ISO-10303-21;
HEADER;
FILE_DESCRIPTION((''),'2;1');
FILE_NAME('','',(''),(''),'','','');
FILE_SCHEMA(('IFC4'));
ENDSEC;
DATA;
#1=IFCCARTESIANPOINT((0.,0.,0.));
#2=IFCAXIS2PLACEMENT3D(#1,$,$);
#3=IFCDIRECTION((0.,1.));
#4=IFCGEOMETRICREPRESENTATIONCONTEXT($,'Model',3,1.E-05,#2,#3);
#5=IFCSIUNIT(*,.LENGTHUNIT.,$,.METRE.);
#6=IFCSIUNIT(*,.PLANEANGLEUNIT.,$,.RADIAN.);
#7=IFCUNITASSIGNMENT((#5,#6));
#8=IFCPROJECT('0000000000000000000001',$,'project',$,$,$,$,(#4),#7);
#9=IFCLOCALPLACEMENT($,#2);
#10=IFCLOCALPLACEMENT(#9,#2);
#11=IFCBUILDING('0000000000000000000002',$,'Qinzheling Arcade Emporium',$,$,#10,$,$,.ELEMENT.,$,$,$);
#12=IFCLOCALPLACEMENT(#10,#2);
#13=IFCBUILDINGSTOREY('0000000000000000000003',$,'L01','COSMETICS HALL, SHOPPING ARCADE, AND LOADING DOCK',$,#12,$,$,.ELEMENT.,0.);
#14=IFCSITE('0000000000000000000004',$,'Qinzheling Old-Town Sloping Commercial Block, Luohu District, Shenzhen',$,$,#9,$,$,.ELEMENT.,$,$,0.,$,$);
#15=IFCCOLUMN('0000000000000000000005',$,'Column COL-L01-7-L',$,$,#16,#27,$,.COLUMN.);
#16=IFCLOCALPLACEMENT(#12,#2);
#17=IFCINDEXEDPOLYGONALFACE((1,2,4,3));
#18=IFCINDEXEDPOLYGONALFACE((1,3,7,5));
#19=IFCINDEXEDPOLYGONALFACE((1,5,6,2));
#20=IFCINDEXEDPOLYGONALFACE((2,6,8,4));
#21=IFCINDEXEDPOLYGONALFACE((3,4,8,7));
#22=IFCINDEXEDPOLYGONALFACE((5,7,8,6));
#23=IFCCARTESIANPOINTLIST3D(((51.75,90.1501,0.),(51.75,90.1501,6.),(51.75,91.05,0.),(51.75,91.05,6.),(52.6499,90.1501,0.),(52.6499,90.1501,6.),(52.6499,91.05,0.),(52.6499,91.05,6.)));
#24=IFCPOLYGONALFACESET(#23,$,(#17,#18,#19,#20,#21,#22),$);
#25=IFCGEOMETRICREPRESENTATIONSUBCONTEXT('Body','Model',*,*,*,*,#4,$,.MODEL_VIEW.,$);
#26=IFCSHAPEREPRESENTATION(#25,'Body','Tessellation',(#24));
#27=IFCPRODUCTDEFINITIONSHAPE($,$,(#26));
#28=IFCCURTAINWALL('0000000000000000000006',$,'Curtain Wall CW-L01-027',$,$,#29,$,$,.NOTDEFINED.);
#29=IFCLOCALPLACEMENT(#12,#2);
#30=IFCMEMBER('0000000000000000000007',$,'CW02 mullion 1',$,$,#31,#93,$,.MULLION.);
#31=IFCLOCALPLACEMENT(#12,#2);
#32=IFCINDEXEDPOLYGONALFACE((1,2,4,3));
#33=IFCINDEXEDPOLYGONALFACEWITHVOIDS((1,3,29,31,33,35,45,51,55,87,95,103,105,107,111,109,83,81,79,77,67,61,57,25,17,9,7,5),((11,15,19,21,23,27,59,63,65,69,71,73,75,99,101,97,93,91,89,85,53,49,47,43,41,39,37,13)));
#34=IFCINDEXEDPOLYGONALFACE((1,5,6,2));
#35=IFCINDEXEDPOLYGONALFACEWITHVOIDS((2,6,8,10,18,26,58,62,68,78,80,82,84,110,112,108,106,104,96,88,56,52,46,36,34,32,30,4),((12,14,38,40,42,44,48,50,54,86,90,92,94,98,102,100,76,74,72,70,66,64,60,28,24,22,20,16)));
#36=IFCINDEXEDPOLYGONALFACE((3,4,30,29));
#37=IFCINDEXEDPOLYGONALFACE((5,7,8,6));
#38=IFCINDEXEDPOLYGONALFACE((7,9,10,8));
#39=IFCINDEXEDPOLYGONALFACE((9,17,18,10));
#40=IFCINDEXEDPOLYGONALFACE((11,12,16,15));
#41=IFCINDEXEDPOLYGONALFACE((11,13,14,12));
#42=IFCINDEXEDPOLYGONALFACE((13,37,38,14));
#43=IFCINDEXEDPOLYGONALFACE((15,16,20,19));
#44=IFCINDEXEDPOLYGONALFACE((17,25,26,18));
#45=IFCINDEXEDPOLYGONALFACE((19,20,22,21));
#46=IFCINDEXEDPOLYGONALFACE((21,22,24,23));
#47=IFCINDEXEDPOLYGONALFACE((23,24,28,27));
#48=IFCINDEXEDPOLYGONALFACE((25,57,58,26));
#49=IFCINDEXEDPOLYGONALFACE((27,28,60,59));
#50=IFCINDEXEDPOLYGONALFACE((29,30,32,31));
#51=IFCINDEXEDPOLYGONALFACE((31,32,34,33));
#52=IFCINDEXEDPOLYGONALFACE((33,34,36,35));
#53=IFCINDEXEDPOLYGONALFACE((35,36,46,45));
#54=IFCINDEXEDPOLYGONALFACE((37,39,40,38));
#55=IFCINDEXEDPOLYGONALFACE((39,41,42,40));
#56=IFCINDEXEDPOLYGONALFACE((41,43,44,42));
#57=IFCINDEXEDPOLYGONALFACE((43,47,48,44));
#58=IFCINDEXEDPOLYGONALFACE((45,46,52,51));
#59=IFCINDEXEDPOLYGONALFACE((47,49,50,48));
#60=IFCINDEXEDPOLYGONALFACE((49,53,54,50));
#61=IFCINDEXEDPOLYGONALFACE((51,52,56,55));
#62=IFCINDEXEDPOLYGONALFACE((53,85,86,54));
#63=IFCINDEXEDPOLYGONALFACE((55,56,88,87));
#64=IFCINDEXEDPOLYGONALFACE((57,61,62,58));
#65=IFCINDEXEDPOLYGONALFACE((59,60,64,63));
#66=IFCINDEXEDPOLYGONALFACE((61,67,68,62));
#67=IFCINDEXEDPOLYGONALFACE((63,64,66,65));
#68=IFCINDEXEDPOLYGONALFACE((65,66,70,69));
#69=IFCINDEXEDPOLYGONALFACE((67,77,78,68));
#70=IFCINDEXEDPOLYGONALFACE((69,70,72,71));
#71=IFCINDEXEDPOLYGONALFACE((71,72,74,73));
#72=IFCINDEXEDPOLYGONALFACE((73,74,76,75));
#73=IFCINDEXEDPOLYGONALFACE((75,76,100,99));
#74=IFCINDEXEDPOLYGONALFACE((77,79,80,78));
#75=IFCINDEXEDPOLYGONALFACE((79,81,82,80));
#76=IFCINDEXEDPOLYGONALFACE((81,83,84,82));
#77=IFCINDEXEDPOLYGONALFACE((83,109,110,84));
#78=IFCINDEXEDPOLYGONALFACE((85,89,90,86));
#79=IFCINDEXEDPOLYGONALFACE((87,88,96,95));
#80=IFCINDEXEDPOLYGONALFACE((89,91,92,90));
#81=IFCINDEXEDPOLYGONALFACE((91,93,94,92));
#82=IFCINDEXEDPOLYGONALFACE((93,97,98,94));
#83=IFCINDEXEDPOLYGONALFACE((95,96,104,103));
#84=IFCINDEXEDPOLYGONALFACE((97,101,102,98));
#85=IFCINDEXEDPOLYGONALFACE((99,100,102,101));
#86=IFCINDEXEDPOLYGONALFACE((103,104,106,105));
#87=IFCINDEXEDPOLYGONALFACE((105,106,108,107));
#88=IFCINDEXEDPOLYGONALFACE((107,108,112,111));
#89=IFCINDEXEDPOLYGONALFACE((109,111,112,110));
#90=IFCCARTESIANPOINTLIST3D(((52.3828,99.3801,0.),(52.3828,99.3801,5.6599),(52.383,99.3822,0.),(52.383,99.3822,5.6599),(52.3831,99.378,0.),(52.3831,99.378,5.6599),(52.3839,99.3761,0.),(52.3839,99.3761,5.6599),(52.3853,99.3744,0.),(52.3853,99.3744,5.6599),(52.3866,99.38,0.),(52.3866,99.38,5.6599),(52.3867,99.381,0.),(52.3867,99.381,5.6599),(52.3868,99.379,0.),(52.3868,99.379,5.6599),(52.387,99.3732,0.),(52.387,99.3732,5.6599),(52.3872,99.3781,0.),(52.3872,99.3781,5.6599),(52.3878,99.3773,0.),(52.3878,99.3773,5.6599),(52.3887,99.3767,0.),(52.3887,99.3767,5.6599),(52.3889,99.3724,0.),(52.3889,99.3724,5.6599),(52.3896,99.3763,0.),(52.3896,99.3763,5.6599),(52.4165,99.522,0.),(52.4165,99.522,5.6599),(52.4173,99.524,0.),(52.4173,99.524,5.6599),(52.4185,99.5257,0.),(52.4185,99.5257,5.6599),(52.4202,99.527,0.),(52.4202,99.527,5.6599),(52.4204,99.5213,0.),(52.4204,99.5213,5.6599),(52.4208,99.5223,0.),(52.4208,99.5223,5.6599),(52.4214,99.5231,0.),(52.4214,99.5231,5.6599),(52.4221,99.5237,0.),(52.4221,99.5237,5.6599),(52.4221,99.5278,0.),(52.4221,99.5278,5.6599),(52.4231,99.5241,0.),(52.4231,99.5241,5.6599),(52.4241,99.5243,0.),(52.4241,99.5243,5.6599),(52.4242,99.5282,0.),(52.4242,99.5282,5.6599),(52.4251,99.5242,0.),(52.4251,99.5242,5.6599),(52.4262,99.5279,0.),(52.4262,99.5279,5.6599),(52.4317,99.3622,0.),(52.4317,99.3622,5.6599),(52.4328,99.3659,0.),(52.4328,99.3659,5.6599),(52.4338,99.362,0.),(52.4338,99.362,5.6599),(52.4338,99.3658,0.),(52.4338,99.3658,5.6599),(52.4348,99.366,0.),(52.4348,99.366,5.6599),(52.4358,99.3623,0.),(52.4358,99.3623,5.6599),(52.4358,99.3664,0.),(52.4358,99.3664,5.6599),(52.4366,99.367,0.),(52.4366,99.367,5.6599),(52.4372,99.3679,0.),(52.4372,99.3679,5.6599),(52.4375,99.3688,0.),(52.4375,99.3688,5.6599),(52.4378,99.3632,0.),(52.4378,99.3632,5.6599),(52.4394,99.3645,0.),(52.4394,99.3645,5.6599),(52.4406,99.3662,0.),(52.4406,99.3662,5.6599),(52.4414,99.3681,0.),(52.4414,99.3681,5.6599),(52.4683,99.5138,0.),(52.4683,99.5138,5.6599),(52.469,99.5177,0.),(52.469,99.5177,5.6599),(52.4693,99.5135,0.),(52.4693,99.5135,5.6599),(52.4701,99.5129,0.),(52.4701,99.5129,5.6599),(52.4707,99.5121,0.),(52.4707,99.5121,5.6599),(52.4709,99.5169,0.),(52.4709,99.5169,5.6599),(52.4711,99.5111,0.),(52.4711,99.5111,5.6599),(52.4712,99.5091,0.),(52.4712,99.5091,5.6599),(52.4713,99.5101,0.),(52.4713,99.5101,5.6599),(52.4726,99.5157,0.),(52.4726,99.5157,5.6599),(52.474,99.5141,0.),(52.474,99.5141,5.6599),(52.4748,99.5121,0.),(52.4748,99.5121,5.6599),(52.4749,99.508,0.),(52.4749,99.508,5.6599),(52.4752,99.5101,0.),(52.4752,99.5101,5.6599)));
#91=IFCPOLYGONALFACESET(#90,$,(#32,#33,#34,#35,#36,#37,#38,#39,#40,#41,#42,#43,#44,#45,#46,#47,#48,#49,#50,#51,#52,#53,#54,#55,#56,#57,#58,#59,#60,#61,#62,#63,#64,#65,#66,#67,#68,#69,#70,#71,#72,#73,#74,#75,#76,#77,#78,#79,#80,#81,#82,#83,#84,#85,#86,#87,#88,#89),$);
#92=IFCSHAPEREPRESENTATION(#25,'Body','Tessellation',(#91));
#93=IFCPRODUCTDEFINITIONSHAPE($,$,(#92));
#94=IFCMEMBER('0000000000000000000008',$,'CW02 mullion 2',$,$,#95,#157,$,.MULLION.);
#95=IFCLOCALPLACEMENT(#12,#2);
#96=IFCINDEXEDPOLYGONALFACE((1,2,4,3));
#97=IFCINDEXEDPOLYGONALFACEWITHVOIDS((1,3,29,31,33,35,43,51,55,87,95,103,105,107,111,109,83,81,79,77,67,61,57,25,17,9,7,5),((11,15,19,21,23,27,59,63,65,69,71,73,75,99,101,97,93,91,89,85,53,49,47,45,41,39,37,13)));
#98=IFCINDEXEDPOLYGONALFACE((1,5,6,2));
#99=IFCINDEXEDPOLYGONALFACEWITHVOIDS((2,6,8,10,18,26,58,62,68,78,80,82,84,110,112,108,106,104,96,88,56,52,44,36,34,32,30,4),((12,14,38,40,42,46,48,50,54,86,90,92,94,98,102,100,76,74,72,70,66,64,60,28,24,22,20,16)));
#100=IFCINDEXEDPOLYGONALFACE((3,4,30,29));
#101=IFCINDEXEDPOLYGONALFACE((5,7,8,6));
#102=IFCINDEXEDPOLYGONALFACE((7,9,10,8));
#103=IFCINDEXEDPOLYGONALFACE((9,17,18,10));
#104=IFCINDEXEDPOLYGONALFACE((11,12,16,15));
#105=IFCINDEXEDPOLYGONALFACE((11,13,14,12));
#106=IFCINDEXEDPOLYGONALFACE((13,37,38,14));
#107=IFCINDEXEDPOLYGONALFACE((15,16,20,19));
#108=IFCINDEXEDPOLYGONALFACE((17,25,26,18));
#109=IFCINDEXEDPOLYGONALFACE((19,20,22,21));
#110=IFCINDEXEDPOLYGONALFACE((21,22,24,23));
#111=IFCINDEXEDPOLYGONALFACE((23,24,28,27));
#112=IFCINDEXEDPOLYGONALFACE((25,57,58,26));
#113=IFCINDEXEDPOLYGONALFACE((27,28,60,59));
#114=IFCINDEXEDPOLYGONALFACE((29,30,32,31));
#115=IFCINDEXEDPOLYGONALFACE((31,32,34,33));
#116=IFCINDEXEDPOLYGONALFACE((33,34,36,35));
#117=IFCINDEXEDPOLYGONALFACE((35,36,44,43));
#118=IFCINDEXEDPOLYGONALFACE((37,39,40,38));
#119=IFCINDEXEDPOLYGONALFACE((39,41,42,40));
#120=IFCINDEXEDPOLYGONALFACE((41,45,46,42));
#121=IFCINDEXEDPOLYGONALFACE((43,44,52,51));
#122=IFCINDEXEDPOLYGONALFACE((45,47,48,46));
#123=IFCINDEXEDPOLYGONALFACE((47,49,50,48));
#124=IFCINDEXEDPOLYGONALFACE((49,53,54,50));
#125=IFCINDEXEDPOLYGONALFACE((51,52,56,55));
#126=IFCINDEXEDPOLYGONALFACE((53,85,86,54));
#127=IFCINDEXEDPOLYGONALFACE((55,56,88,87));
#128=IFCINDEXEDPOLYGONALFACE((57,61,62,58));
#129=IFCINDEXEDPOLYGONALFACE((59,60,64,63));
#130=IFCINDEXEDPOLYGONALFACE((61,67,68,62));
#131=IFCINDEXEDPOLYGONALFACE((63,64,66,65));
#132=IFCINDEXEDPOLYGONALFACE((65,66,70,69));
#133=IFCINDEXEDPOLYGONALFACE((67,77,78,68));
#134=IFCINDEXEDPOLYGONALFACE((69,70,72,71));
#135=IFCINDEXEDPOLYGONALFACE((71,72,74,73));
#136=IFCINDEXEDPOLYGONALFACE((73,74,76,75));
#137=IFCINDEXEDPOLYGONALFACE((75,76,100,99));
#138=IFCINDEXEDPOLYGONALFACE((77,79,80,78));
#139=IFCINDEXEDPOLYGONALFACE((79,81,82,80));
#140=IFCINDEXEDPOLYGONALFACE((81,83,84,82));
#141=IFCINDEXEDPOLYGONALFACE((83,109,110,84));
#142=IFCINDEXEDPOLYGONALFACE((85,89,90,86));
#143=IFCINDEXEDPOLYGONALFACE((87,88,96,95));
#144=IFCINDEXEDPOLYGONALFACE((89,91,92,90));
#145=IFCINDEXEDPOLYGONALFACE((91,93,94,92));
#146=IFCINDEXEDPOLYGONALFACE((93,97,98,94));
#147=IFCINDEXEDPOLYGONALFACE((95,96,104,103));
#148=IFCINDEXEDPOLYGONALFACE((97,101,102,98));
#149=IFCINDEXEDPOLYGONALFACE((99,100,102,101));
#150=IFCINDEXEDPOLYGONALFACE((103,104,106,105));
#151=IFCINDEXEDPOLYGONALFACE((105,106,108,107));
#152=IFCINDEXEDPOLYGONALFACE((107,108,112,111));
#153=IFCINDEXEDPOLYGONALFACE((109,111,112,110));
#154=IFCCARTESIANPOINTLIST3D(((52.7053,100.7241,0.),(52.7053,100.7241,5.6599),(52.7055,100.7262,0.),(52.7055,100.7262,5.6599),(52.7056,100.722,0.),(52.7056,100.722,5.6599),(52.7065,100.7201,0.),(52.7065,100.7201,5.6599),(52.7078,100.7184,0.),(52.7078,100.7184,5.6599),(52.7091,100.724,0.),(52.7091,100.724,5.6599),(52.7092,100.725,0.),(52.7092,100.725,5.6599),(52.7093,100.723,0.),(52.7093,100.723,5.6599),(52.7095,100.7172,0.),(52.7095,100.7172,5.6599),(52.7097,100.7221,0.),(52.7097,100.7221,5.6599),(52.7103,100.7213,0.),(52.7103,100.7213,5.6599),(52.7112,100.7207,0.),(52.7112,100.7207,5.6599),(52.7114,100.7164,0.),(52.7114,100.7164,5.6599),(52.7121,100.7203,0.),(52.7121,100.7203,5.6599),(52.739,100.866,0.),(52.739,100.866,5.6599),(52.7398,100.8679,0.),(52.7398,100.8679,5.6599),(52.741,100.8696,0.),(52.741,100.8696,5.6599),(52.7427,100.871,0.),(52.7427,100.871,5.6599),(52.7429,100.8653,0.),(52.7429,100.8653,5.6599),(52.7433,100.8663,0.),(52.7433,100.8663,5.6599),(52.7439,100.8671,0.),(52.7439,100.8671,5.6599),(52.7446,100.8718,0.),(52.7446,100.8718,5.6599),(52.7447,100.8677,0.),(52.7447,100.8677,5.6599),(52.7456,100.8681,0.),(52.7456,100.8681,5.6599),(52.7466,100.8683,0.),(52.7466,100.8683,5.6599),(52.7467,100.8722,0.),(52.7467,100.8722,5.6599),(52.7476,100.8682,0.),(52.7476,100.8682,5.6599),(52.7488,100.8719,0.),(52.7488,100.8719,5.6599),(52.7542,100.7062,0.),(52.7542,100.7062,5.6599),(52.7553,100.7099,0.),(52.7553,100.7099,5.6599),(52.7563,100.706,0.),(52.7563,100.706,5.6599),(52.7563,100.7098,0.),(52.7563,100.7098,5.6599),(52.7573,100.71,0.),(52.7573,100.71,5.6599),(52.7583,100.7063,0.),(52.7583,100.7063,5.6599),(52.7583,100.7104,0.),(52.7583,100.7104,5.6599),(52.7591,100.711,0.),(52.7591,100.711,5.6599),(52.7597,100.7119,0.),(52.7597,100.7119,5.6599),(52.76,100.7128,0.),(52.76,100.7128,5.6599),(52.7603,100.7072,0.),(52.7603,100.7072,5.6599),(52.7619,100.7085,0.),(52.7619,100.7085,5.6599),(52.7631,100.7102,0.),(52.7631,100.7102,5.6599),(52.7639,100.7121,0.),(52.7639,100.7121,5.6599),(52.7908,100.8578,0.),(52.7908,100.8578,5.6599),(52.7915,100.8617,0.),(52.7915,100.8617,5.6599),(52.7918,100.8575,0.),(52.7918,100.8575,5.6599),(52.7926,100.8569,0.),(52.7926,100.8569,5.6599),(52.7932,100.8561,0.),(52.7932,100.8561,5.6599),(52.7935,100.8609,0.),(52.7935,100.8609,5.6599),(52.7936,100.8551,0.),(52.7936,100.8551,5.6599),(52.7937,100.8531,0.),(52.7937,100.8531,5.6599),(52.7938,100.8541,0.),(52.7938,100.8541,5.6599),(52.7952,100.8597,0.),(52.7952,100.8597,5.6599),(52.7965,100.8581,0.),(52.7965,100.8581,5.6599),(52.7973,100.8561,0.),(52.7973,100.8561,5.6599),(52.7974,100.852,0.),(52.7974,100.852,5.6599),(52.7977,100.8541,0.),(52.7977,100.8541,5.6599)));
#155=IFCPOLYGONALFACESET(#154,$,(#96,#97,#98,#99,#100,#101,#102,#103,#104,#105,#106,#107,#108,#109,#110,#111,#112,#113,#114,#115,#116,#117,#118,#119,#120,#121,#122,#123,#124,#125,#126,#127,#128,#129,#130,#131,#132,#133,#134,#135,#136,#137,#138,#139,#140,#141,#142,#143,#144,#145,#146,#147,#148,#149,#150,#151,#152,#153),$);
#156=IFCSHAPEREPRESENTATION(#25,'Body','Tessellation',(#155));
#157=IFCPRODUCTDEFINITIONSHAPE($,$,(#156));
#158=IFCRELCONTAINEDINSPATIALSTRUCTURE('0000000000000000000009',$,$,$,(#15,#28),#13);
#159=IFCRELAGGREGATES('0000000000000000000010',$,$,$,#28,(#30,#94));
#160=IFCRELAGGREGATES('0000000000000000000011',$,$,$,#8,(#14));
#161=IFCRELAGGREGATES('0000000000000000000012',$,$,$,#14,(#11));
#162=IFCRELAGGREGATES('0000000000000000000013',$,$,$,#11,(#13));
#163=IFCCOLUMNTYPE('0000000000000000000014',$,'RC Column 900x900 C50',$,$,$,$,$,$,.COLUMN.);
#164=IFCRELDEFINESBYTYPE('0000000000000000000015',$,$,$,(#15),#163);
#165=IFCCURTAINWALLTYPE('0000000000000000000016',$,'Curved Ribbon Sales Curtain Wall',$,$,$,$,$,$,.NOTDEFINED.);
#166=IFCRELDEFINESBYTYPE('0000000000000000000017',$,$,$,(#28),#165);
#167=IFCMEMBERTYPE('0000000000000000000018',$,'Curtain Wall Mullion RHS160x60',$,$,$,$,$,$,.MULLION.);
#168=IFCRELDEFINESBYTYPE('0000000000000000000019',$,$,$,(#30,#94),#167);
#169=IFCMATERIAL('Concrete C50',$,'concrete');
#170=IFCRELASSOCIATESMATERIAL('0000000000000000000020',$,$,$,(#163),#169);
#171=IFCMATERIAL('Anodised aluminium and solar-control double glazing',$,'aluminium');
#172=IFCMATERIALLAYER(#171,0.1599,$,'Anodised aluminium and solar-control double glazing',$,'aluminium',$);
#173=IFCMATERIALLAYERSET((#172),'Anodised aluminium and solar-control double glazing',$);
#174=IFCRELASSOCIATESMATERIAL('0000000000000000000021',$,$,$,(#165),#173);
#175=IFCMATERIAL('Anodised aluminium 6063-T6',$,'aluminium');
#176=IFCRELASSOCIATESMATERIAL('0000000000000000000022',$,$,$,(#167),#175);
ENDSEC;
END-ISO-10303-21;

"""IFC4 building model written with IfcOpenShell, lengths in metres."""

from ifc_helpers import new_model, si_unit, direction, frame, origin, origin_2d, place, context, subcontext, project, spatial, rectangle, hollow_rectangle, extrude, material, layer, layer_set, material_profile, profile_set, type_object, element, aggregate, save


model = new_model("IFC4")

# Units and contexts
model_context = context("Model", 3, precision=1e-05, world=origin(), true_north=direction((0.0, 1.0)))
body_context = subcontext(model_context, "Body", "Model", "MODEL_VIEW")
ifc_project = project(units=[si_unit("LENGTHUNIT", "METRE"), si_unit("PLANEANGLEUNIT", "RADIAN")], contexts=[model_context])

# Site, building, storey
site_placement = place(None, origin())
site = spatial("IfcSite", under=ifc_project, at=site_placement, Name="Qinzheling Old-Town Sloping Commercial Block, Luohu District, Shenzhen", CompositionType="ELEMENT", RefElevation=0.0)
building_placement = place(site_placement, origin())
building = spatial("IfcBuilding", under=site, at=building_placement, Name="Qinzheling Arcade Emporium", CompositionType="ELEMENT")
storey_placement = place(building_placement, origin())
storey = spatial("IfcBuildingStorey", under=building, at=storey_placement, Name="L01", Description="COSMETICS HALL, SHOPPING ARCADE, AND LOADING DOCK", CompositionType="ELEMENT", Elevation=0.0)

# Column
ifc_material_1 = material(Name="Concrete C50", Category="concrete")
ifc_material_profile_1 = material_profile(ifc_material_1, rectangle(XDim=0.8999, YDim=0.8999, at=origin_2d()), Name="RC 900x900", Category="concrete")
ifc_profile_set_1 = profile_set([ifc_material_profile_1], Name="Concrete C50")
column_type = type_object("IfcColumnType", Name="RC Column 900x900 C50", PredefinedType="COLUMN", material=ifc_profile_set_1)
column_placement = place(storey_placement, frame((52.2, 90.6001, 0.0), z_axis=(0.0, 0.0, 1.0), x_axis=(1.0, 0.0, 0.0)))
element("IfcColumn", 1, at=column_placement, inside=storey, type_object=column_type, Name="Column COL-L01-7-L", PredefinedType="COLUMN", context=body_context, shape_type="SweptSolid", body=[
    extrude(rectangle(XDim=0.8999, YDim=0.8999, at=origin_2d()), origin(), (0.0, 0.0, 1.0), 6.0),
])

# Curtain wall, members
ifc_material_2 = material(Name="Anodised aluminium and solar-control double glazing", Category="aluminium")
ifc_layer_1 = layer(ifc_material_2, 0.1599, Name="Anodised aluminium and solar-control double glazing", Category="aluminium")
ifc_layer_set_1 = layer_set([ifc_layer_1], Name="Anodised aluminium and solar-control double glazing")
curtain_wall_type = type_object("IfcCurtainWallType", Name="Curved Ribbon Sales Curtain Wall", PredefinedType="NOTDEFINED", material=ifc_layer_set_1)
curtain_wall_placement = place(storey_placement, origin())
curtain_wall = element("IfcCurtainWall", 2, at=curtain_wall_placement, inside=storey, type_object=curtain_wall_type, Name="Curtain Wall CW-L01-027", PredefinedType="NOTDEFINED")
ifc_material_3 = material(Name="Anodised aluminium 6063-T6", Category="aluminium")
ifc_material_profile_2 = material_profile(ifc_material_3, hollow_rectangle(XDim=0.0601, YDim=0.1599, WallThickness=0.0039, InnerFilletRadius=0.0039, OuterFilletRadius=0.0081, at=origin_2d()), Name="RHS 160x60x4", Category="aluminium")
ifc_profile_set_2 = profile_set([ifc_material_profile_2], Name="Anodised aluminium 6063-T6")
member_type_1 = type_object("IfcMemberType", Name="Curtain Wall Mullion RHS160x60", PredefinedType="MULLION", material=ifc_profile_set_2)
member_1_placement = place(storey_placement, frame((52.429, 99.4451, 0.0), z_axis=(0.0, 0.0, 1.0), x_axis=(-0.972391, 0.23336, 0.0)))
member_1 = element("IfcMember", 3, at=member_1_placement, type_object=member_type_1, Name="CW02 mullion 1", PredefinedType="MULLION", context=body_context, shape_type="SweptSolid", body=[
    extrude(hollow_rectangle(XDim=0.0601, YDim=0.1599, WallThickness=0.0039, InnerFilletRadius=0.0039, OuterFilletRadius=0.0081, at=origin_2d()), origin(), (0.0, 0.0, 1.0), 5.6599),
])
member_2_placement = place(storey_placement, frame((52.7515, 100.7891, 0.0), z_axis=(0.0, 0.0, 1.0), x_axis=(-0.972391, 0.23336, 0.0)))
member_2 = element("IfcMember", 4, at=member_2_placement, type_object=member_type_1, Name="CW02 mullion 2", PredefinedType="MULLION", context=body_context, shape_type="SweptSolid", body=[
    extrude(hollow_rectangle(XDim=0.0601, YDim=0.1599, WallThickness=0.0039, InnerFilletRadius=0.0039, OuterFilletRadius=0.0081, at=origin_2d()), origin(), (0.0, 0.0, 1.0), 5.6599),
])

aggregate(curtain_wall, [member_1, member_2])

save(model, "model.ifc")
